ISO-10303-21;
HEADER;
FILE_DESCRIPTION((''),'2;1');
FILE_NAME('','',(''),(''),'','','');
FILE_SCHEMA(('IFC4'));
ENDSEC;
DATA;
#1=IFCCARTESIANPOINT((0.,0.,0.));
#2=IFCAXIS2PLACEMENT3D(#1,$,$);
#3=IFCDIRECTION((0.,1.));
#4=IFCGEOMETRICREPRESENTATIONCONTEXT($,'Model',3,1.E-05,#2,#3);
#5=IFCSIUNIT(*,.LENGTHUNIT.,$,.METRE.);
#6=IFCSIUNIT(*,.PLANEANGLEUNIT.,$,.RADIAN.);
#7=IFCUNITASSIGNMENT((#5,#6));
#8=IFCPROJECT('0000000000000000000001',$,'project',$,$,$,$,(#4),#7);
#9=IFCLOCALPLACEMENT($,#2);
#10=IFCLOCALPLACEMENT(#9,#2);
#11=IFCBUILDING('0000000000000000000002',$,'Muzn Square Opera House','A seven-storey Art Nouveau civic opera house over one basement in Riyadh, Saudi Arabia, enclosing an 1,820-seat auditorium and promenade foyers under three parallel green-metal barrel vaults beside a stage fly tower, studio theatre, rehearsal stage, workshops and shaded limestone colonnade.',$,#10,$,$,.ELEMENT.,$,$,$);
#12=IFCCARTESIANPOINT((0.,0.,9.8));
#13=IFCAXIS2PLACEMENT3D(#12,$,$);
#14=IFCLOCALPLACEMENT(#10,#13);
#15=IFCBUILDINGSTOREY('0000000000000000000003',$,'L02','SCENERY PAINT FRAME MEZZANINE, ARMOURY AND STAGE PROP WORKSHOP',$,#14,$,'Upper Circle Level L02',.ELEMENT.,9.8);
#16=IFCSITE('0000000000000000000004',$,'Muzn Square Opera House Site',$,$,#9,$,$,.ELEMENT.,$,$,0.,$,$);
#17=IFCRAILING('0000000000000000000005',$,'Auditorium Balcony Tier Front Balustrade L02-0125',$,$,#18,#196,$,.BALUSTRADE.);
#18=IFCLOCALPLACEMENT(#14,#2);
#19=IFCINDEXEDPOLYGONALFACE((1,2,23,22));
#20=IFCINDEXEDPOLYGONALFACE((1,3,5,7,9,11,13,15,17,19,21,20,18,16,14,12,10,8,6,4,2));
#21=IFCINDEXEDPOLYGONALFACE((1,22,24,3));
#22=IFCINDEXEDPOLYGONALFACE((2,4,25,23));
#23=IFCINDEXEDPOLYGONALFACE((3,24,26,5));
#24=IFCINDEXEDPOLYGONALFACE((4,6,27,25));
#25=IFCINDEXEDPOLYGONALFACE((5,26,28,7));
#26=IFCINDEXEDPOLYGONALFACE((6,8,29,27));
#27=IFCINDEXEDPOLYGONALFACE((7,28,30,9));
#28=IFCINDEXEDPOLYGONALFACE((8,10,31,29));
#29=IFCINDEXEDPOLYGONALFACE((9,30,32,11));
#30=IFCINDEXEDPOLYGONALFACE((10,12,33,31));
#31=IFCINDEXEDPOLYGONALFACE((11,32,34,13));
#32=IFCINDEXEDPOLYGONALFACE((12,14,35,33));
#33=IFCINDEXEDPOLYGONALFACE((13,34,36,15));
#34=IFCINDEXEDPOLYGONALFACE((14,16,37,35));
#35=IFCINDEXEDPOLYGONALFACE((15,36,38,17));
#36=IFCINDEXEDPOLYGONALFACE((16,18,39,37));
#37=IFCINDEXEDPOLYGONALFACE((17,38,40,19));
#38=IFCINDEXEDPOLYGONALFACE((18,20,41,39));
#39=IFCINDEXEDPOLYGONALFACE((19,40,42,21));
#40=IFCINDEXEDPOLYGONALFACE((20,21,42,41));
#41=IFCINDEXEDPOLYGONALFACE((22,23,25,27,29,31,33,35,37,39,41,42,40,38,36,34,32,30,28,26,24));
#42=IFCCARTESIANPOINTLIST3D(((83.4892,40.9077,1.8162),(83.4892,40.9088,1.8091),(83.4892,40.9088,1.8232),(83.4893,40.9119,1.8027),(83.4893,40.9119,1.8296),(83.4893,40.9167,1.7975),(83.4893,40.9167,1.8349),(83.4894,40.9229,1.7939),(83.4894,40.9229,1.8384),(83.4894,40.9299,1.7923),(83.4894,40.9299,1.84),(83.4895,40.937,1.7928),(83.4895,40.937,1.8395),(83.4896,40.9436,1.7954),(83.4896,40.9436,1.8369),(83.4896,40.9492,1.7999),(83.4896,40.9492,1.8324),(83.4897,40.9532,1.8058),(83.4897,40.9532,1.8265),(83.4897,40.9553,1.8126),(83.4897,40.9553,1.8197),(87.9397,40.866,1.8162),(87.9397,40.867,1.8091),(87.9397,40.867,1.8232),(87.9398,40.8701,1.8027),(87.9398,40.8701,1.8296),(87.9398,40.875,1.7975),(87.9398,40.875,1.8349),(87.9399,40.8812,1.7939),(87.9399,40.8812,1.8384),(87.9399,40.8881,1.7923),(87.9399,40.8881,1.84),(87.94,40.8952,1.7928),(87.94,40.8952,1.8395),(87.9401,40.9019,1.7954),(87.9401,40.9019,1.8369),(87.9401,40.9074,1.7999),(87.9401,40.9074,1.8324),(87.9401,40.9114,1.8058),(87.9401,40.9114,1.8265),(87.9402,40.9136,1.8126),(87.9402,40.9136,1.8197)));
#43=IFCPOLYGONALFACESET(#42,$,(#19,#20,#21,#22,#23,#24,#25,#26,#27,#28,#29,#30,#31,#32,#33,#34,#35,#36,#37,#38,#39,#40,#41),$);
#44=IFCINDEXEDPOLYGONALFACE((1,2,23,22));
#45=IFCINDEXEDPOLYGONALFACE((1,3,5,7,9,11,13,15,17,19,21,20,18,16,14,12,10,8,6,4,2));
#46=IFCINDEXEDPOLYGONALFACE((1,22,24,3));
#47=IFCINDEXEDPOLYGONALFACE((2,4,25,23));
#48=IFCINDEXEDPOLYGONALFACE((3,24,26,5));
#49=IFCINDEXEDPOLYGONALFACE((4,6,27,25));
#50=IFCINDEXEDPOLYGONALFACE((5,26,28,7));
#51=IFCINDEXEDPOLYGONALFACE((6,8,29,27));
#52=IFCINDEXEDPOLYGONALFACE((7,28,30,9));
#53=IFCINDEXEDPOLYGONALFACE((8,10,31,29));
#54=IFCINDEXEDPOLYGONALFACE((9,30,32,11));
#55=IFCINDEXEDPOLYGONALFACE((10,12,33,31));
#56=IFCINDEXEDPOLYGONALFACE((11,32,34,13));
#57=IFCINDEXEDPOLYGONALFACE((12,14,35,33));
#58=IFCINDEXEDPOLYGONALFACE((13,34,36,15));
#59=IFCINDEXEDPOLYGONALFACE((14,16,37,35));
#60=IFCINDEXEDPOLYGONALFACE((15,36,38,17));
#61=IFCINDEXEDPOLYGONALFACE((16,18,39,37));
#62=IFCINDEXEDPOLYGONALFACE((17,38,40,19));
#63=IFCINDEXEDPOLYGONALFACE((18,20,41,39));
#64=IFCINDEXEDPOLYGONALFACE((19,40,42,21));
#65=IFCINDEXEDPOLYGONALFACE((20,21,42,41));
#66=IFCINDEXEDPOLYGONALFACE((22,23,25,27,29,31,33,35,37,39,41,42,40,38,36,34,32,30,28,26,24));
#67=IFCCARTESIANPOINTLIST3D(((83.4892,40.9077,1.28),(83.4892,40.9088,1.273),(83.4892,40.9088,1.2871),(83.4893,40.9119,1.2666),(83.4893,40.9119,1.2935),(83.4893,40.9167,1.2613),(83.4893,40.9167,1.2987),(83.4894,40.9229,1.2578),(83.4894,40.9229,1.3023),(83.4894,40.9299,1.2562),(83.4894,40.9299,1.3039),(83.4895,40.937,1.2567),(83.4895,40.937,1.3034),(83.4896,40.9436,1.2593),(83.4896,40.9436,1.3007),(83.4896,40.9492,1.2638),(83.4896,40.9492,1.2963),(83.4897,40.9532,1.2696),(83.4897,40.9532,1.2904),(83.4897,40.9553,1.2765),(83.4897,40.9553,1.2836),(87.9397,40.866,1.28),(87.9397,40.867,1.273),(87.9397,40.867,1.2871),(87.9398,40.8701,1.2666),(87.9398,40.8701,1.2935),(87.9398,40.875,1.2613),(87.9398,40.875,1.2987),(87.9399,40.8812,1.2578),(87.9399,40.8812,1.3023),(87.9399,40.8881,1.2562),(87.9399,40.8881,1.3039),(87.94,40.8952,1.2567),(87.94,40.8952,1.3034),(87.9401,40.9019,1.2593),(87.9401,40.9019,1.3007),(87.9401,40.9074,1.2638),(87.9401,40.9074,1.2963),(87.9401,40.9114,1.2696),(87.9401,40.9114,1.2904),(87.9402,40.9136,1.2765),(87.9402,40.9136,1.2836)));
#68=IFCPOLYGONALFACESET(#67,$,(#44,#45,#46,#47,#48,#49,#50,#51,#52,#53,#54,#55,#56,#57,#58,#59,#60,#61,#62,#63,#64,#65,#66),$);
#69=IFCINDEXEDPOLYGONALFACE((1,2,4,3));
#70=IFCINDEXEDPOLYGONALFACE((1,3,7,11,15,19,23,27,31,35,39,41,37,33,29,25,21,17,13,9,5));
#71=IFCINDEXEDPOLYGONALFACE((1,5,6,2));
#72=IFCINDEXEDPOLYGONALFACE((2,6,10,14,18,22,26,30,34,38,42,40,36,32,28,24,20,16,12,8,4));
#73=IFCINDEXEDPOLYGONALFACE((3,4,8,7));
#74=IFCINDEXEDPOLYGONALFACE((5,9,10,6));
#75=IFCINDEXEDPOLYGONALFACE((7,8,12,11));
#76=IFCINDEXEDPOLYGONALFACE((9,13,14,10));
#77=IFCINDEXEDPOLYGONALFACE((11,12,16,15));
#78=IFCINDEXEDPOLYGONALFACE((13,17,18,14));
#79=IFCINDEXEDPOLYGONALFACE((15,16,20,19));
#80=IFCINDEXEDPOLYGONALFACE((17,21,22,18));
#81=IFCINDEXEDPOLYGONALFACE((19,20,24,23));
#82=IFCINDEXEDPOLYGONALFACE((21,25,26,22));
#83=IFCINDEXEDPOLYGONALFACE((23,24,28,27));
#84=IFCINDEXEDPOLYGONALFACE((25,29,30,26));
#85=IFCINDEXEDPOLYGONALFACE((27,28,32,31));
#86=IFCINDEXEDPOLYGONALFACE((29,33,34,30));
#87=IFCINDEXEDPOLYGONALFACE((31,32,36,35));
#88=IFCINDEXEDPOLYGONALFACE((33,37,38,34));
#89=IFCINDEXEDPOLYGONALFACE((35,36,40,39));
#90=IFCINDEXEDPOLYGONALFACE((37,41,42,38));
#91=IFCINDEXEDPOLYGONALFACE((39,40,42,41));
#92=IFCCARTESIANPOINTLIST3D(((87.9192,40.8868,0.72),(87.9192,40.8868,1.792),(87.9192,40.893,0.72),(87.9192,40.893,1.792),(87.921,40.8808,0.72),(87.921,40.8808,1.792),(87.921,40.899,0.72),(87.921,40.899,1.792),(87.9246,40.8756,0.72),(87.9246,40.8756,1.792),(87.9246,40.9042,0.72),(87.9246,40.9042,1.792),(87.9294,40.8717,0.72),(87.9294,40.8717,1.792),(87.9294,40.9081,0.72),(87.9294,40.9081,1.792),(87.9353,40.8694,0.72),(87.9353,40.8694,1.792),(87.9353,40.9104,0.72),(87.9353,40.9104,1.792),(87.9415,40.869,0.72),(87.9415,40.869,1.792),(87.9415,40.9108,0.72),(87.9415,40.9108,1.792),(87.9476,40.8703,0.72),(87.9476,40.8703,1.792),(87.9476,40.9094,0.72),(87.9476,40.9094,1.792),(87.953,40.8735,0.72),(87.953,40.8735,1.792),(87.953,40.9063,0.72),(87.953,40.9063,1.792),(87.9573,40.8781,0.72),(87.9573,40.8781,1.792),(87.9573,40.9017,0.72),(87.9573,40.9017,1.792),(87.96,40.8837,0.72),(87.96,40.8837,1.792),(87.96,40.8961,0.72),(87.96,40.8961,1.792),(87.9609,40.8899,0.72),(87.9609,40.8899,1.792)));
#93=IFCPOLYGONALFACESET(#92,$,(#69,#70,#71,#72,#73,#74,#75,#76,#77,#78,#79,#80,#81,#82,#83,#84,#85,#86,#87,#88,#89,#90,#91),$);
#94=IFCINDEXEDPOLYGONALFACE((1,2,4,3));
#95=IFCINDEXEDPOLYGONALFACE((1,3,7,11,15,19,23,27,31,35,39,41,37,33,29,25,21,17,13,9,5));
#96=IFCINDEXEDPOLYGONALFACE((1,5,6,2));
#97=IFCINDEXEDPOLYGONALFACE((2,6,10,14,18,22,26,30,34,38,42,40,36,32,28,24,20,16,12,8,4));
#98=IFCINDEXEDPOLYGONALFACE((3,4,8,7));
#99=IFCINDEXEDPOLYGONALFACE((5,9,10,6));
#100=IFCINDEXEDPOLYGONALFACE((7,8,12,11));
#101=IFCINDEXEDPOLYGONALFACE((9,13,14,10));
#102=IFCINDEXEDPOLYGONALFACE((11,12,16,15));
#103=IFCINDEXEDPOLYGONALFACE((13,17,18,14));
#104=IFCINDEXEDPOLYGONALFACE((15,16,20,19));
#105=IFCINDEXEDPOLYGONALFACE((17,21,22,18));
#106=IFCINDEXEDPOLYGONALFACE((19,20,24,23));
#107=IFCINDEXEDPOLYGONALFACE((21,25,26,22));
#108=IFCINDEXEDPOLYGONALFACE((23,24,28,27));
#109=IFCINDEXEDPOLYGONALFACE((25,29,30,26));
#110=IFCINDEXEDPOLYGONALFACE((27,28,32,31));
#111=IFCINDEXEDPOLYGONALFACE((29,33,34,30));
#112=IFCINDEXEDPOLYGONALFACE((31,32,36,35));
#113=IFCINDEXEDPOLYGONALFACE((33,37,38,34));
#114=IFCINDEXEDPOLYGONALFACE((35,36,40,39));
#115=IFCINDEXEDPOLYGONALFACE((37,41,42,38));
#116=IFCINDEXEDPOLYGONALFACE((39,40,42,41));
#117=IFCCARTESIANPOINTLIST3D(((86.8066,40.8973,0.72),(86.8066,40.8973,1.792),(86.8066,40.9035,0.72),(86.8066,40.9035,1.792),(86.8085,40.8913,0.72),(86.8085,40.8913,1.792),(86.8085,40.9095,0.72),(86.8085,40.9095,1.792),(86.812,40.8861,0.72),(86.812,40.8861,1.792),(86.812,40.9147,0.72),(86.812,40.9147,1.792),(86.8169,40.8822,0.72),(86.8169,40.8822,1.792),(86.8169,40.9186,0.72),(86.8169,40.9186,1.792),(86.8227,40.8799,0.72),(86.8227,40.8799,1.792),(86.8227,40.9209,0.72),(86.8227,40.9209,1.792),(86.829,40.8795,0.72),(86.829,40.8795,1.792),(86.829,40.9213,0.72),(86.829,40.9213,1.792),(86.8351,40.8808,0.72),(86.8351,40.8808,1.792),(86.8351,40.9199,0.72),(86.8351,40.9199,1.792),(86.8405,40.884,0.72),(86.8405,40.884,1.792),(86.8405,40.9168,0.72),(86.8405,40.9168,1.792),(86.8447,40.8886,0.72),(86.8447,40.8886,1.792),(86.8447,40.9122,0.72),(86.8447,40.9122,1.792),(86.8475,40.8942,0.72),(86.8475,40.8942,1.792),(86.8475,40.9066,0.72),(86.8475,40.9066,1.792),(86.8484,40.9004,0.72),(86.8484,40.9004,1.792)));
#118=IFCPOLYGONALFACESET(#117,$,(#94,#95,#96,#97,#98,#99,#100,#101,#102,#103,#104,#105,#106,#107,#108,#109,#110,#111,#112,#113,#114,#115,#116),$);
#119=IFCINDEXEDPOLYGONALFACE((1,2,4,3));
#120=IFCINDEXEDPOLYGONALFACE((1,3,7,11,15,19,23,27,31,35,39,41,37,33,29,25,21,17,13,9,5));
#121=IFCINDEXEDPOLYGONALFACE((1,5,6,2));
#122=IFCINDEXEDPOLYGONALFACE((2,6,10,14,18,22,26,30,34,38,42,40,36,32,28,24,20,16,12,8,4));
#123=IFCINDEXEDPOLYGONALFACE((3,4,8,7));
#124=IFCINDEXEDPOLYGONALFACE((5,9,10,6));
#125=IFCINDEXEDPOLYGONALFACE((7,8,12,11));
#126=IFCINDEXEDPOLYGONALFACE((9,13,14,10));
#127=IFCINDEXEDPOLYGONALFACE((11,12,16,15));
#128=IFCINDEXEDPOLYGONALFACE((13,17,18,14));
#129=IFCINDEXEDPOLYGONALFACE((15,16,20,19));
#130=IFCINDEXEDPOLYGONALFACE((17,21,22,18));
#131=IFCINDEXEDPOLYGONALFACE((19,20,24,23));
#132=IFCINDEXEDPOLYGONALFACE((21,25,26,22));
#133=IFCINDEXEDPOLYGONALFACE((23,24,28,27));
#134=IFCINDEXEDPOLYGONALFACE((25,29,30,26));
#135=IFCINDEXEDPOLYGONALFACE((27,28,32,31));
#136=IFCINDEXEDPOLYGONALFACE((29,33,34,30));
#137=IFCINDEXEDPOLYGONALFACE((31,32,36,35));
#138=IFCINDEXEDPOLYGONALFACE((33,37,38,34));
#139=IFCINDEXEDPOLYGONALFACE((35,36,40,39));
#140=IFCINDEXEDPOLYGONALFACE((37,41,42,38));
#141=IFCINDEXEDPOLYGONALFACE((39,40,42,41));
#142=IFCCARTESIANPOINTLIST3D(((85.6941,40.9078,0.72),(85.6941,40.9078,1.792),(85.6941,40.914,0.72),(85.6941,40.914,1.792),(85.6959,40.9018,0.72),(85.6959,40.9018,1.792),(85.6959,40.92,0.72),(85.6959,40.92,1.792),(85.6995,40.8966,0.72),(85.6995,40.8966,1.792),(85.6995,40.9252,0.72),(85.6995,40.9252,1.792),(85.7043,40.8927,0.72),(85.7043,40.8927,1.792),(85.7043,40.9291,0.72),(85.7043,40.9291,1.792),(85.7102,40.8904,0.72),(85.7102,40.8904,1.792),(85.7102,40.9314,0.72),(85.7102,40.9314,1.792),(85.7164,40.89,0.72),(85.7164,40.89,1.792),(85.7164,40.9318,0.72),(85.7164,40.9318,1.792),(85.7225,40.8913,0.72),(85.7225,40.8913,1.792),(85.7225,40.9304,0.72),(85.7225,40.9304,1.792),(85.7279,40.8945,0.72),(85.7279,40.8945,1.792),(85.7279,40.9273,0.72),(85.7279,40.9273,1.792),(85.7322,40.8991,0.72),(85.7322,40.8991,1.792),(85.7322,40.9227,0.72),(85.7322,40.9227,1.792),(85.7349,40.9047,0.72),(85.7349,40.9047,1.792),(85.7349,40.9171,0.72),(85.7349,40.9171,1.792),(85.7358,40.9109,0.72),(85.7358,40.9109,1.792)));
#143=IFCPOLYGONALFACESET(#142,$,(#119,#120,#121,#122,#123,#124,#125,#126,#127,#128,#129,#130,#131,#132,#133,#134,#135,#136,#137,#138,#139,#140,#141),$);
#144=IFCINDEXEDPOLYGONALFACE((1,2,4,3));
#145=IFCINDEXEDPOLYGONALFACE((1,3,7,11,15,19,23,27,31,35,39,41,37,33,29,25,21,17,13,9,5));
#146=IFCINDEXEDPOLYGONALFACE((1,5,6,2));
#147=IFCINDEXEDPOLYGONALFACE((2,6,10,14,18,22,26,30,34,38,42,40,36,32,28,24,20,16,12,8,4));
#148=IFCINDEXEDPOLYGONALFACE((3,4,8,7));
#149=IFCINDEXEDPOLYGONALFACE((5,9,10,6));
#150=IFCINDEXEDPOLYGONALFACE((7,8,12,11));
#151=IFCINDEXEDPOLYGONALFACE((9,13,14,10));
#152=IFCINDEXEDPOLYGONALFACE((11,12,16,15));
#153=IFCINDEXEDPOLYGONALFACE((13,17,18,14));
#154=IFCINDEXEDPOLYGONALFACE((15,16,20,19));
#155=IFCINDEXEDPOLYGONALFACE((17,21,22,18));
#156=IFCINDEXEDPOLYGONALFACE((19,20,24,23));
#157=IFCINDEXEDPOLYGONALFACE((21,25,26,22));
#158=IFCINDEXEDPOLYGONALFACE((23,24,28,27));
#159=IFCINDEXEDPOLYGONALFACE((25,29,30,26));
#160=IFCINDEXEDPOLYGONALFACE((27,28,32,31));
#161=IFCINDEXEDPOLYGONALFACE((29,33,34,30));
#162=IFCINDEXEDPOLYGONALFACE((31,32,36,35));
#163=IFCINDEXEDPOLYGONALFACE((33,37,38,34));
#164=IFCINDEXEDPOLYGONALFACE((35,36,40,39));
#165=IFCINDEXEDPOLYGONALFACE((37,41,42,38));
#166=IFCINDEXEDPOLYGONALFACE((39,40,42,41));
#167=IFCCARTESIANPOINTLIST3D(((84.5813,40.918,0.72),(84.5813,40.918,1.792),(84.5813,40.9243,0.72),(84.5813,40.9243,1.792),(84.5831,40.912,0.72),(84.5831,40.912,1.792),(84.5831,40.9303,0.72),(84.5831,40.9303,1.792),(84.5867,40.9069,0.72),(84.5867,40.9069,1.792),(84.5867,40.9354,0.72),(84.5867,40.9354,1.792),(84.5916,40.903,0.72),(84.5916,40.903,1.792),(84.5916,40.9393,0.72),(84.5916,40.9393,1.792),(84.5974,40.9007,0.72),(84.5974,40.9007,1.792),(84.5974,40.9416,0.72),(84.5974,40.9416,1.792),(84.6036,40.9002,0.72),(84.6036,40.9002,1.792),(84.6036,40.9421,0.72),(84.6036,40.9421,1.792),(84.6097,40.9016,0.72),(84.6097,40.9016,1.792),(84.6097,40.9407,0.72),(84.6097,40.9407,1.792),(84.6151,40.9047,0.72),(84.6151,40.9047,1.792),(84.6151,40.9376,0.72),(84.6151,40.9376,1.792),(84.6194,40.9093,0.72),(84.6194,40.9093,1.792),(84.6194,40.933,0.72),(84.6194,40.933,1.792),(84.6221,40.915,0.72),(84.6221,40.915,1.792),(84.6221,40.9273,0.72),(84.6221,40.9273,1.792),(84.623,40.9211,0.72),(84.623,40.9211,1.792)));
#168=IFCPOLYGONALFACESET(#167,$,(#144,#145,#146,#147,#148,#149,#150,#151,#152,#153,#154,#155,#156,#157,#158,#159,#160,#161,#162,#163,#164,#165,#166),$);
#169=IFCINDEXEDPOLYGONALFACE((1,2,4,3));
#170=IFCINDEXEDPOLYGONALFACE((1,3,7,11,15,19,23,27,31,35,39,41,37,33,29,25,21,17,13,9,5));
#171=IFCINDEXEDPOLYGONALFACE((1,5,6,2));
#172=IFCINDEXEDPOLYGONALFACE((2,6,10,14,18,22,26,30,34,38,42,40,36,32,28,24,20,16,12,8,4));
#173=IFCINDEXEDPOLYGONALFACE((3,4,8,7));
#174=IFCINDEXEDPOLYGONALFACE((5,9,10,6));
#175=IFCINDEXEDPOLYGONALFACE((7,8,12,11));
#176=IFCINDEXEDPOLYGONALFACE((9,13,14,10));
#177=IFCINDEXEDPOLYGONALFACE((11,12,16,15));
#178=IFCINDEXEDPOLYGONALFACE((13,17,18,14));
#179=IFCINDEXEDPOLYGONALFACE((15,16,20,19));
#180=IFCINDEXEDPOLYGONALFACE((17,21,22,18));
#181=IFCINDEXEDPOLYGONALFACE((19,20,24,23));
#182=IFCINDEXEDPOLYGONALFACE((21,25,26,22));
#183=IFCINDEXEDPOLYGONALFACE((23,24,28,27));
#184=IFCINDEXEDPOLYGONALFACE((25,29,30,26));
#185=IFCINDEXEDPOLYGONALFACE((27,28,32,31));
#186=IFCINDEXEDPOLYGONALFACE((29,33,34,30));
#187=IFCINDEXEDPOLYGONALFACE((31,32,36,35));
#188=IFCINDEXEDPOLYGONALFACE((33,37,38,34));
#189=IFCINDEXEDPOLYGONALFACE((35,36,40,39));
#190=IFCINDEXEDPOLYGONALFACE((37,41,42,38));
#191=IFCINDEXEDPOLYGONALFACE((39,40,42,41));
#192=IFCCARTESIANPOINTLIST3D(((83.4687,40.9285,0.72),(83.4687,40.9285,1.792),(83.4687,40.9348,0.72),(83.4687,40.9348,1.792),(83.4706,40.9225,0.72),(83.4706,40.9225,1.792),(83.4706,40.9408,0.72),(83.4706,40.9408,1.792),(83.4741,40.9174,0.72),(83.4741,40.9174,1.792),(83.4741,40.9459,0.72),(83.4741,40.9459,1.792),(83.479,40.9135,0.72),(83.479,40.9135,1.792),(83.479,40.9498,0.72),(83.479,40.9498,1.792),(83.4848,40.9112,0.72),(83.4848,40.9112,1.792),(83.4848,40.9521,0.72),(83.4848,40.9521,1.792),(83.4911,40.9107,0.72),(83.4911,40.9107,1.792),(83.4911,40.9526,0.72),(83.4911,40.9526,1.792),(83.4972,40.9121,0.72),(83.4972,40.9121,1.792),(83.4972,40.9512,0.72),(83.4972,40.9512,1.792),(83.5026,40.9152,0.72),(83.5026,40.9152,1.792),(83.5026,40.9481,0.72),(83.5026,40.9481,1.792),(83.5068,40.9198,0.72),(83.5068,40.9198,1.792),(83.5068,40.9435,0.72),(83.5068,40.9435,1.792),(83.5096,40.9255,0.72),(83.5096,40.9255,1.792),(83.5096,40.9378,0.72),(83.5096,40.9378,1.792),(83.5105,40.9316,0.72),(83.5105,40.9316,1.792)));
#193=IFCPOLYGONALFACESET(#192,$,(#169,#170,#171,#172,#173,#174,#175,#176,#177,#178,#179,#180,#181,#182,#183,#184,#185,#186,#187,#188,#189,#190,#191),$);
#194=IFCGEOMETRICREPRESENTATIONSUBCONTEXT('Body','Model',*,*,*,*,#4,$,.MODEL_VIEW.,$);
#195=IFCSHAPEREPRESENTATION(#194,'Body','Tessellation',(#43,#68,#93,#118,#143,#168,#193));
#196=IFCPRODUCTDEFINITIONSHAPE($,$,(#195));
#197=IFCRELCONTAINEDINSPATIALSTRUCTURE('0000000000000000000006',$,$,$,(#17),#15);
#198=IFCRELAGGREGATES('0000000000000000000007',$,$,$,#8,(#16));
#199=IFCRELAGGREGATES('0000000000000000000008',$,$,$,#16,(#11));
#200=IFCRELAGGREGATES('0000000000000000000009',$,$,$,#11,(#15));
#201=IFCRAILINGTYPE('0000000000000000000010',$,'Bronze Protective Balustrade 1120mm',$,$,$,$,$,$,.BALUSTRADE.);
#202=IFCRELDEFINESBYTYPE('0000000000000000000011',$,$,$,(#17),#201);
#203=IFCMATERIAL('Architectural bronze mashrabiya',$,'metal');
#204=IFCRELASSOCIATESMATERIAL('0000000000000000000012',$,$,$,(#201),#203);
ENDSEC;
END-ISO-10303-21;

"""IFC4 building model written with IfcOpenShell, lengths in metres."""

from ifc_helpers import new_model, si_unit, direction, frame, origin, origin_2d, place, context, subcontext, project, spatial, circle, extrude, material, type_object, element, save


model = new_model("IFC4")

# Units and contexts
model_context = context("Model", 3, precision=1e-05, world=origin(), true_north=direction((0.0, 1.0)))
body_context = subcontext(model_context, "Body", "Model", "MODEL_VIEW")
ifc_project = project(units=[si_unit("LENGTHUNIT", "METRE"), si_unit("PLANEANGLEUNIT", "RADIAN")], contexts=[model_context])

# Site, building, storey
site_placement = place(None, origin())
site = spatial("IfcSite", under=ifc_project, at=site_placement, Name="Muzn Square Opera House Site", CompositionType="ELEMENT", RefElevation=0.0)
building_placement = place(site_placement, origin())
building = spatial("IfcBuilding", under=site, at=building_placement, Name="Muzn Square Opera House", Description="A seven-storey Art Nouveau civic opera house over one basement in Riyadh, Saudi Arabia, enclosing an 1,820-seat auditorium and promenade foyers under three parallel green-metal barrel vaults beside a stage fly tower, studio theatre, rehearsal stage, workshops and shaded limestone colonnade.", CompositionType="ELEMENT")
storey_placement = place(building_placement, frame((0.0, 0.0, 9.8)))
storey = spatial("IfcBuildingStorey", under=building, at=storey_placement, Name="L02", Description="SCENERY PAINT FRAME MEZZANINE, ARMOURY AND STAGE PROP WORKSHOP", LongName="Upper Circle Level L02", CompositionType="ELEMENT", Elevation=9.8)

# Railing
ifc_material_1 = material(Name="Architectural bronze mashrabiya", Category="metal")
railing_type = type_object("IfcRailingType", Name="Bronze Protective Balustrade 1120mm", PredefinedType="BALUSTRADE", material=ifc_material_1)
railing_1_placement = place(storey_placement, frame((87.9399, 40.8899, 0.72)))
element("IfcRailing", 1, at=railing_1_placement, inside=storey, type_object=railing_type, Name="Auditorium Balcony Tier Front Balustrade L02-0125", PredefinedType="BALUSTRADE", context=body_context, shape_type="SweptSolid", body=[
    extrude(circle(Radius=0.0239, at=origin_2d()), frame((0.0, 0.0, 1.0962), z_axis=(-0.999956, 0.00938, 0.0), x_axis=(-0.00938, -0.999956, 0.0)), (0.0, 0.0, 1.0), 4.4507),
    extrude(circle(Radius=0.0239, at=origin_2d()), frame((0.0, 0.0, 0.5601), z_axis=(-0.999956, 0.00938, 0.0), x_axis=(-0.00938, -0.999956, 0.0)), (0.0, 0.0, 1.0), 4.4507),
    extrude(circle(Radius=0.021, at=origin_2d()), origin(), (0.0, 0.0, 1.0), 1.072),
    extrude(circle(Radius=0.021, at=origin_2d()), frame((-1.1125, 0.0105, 0.0)), (0.0, 0.0, 1.0), 1.072),
    extrude(circle(Radius=0.021, at=origin_2d()), frame((-2.2251, 0.021, 0.0)), (0.0, 0.0, 1.0), 1.072),
    extrude(circle(Radius=0.021, at=origin_2d()), frame((-3.3379, 0.0312, 0.0)), (0.0, 0.0, 1.0), 1.072),
    extrude(circle(Radius=0.021, at=origin_2d()), frame((-4.4504, 0.0417, 0.0)), (0.0, 0.0, 1.0), 1.072),
])

save(model, "model.ifc")
